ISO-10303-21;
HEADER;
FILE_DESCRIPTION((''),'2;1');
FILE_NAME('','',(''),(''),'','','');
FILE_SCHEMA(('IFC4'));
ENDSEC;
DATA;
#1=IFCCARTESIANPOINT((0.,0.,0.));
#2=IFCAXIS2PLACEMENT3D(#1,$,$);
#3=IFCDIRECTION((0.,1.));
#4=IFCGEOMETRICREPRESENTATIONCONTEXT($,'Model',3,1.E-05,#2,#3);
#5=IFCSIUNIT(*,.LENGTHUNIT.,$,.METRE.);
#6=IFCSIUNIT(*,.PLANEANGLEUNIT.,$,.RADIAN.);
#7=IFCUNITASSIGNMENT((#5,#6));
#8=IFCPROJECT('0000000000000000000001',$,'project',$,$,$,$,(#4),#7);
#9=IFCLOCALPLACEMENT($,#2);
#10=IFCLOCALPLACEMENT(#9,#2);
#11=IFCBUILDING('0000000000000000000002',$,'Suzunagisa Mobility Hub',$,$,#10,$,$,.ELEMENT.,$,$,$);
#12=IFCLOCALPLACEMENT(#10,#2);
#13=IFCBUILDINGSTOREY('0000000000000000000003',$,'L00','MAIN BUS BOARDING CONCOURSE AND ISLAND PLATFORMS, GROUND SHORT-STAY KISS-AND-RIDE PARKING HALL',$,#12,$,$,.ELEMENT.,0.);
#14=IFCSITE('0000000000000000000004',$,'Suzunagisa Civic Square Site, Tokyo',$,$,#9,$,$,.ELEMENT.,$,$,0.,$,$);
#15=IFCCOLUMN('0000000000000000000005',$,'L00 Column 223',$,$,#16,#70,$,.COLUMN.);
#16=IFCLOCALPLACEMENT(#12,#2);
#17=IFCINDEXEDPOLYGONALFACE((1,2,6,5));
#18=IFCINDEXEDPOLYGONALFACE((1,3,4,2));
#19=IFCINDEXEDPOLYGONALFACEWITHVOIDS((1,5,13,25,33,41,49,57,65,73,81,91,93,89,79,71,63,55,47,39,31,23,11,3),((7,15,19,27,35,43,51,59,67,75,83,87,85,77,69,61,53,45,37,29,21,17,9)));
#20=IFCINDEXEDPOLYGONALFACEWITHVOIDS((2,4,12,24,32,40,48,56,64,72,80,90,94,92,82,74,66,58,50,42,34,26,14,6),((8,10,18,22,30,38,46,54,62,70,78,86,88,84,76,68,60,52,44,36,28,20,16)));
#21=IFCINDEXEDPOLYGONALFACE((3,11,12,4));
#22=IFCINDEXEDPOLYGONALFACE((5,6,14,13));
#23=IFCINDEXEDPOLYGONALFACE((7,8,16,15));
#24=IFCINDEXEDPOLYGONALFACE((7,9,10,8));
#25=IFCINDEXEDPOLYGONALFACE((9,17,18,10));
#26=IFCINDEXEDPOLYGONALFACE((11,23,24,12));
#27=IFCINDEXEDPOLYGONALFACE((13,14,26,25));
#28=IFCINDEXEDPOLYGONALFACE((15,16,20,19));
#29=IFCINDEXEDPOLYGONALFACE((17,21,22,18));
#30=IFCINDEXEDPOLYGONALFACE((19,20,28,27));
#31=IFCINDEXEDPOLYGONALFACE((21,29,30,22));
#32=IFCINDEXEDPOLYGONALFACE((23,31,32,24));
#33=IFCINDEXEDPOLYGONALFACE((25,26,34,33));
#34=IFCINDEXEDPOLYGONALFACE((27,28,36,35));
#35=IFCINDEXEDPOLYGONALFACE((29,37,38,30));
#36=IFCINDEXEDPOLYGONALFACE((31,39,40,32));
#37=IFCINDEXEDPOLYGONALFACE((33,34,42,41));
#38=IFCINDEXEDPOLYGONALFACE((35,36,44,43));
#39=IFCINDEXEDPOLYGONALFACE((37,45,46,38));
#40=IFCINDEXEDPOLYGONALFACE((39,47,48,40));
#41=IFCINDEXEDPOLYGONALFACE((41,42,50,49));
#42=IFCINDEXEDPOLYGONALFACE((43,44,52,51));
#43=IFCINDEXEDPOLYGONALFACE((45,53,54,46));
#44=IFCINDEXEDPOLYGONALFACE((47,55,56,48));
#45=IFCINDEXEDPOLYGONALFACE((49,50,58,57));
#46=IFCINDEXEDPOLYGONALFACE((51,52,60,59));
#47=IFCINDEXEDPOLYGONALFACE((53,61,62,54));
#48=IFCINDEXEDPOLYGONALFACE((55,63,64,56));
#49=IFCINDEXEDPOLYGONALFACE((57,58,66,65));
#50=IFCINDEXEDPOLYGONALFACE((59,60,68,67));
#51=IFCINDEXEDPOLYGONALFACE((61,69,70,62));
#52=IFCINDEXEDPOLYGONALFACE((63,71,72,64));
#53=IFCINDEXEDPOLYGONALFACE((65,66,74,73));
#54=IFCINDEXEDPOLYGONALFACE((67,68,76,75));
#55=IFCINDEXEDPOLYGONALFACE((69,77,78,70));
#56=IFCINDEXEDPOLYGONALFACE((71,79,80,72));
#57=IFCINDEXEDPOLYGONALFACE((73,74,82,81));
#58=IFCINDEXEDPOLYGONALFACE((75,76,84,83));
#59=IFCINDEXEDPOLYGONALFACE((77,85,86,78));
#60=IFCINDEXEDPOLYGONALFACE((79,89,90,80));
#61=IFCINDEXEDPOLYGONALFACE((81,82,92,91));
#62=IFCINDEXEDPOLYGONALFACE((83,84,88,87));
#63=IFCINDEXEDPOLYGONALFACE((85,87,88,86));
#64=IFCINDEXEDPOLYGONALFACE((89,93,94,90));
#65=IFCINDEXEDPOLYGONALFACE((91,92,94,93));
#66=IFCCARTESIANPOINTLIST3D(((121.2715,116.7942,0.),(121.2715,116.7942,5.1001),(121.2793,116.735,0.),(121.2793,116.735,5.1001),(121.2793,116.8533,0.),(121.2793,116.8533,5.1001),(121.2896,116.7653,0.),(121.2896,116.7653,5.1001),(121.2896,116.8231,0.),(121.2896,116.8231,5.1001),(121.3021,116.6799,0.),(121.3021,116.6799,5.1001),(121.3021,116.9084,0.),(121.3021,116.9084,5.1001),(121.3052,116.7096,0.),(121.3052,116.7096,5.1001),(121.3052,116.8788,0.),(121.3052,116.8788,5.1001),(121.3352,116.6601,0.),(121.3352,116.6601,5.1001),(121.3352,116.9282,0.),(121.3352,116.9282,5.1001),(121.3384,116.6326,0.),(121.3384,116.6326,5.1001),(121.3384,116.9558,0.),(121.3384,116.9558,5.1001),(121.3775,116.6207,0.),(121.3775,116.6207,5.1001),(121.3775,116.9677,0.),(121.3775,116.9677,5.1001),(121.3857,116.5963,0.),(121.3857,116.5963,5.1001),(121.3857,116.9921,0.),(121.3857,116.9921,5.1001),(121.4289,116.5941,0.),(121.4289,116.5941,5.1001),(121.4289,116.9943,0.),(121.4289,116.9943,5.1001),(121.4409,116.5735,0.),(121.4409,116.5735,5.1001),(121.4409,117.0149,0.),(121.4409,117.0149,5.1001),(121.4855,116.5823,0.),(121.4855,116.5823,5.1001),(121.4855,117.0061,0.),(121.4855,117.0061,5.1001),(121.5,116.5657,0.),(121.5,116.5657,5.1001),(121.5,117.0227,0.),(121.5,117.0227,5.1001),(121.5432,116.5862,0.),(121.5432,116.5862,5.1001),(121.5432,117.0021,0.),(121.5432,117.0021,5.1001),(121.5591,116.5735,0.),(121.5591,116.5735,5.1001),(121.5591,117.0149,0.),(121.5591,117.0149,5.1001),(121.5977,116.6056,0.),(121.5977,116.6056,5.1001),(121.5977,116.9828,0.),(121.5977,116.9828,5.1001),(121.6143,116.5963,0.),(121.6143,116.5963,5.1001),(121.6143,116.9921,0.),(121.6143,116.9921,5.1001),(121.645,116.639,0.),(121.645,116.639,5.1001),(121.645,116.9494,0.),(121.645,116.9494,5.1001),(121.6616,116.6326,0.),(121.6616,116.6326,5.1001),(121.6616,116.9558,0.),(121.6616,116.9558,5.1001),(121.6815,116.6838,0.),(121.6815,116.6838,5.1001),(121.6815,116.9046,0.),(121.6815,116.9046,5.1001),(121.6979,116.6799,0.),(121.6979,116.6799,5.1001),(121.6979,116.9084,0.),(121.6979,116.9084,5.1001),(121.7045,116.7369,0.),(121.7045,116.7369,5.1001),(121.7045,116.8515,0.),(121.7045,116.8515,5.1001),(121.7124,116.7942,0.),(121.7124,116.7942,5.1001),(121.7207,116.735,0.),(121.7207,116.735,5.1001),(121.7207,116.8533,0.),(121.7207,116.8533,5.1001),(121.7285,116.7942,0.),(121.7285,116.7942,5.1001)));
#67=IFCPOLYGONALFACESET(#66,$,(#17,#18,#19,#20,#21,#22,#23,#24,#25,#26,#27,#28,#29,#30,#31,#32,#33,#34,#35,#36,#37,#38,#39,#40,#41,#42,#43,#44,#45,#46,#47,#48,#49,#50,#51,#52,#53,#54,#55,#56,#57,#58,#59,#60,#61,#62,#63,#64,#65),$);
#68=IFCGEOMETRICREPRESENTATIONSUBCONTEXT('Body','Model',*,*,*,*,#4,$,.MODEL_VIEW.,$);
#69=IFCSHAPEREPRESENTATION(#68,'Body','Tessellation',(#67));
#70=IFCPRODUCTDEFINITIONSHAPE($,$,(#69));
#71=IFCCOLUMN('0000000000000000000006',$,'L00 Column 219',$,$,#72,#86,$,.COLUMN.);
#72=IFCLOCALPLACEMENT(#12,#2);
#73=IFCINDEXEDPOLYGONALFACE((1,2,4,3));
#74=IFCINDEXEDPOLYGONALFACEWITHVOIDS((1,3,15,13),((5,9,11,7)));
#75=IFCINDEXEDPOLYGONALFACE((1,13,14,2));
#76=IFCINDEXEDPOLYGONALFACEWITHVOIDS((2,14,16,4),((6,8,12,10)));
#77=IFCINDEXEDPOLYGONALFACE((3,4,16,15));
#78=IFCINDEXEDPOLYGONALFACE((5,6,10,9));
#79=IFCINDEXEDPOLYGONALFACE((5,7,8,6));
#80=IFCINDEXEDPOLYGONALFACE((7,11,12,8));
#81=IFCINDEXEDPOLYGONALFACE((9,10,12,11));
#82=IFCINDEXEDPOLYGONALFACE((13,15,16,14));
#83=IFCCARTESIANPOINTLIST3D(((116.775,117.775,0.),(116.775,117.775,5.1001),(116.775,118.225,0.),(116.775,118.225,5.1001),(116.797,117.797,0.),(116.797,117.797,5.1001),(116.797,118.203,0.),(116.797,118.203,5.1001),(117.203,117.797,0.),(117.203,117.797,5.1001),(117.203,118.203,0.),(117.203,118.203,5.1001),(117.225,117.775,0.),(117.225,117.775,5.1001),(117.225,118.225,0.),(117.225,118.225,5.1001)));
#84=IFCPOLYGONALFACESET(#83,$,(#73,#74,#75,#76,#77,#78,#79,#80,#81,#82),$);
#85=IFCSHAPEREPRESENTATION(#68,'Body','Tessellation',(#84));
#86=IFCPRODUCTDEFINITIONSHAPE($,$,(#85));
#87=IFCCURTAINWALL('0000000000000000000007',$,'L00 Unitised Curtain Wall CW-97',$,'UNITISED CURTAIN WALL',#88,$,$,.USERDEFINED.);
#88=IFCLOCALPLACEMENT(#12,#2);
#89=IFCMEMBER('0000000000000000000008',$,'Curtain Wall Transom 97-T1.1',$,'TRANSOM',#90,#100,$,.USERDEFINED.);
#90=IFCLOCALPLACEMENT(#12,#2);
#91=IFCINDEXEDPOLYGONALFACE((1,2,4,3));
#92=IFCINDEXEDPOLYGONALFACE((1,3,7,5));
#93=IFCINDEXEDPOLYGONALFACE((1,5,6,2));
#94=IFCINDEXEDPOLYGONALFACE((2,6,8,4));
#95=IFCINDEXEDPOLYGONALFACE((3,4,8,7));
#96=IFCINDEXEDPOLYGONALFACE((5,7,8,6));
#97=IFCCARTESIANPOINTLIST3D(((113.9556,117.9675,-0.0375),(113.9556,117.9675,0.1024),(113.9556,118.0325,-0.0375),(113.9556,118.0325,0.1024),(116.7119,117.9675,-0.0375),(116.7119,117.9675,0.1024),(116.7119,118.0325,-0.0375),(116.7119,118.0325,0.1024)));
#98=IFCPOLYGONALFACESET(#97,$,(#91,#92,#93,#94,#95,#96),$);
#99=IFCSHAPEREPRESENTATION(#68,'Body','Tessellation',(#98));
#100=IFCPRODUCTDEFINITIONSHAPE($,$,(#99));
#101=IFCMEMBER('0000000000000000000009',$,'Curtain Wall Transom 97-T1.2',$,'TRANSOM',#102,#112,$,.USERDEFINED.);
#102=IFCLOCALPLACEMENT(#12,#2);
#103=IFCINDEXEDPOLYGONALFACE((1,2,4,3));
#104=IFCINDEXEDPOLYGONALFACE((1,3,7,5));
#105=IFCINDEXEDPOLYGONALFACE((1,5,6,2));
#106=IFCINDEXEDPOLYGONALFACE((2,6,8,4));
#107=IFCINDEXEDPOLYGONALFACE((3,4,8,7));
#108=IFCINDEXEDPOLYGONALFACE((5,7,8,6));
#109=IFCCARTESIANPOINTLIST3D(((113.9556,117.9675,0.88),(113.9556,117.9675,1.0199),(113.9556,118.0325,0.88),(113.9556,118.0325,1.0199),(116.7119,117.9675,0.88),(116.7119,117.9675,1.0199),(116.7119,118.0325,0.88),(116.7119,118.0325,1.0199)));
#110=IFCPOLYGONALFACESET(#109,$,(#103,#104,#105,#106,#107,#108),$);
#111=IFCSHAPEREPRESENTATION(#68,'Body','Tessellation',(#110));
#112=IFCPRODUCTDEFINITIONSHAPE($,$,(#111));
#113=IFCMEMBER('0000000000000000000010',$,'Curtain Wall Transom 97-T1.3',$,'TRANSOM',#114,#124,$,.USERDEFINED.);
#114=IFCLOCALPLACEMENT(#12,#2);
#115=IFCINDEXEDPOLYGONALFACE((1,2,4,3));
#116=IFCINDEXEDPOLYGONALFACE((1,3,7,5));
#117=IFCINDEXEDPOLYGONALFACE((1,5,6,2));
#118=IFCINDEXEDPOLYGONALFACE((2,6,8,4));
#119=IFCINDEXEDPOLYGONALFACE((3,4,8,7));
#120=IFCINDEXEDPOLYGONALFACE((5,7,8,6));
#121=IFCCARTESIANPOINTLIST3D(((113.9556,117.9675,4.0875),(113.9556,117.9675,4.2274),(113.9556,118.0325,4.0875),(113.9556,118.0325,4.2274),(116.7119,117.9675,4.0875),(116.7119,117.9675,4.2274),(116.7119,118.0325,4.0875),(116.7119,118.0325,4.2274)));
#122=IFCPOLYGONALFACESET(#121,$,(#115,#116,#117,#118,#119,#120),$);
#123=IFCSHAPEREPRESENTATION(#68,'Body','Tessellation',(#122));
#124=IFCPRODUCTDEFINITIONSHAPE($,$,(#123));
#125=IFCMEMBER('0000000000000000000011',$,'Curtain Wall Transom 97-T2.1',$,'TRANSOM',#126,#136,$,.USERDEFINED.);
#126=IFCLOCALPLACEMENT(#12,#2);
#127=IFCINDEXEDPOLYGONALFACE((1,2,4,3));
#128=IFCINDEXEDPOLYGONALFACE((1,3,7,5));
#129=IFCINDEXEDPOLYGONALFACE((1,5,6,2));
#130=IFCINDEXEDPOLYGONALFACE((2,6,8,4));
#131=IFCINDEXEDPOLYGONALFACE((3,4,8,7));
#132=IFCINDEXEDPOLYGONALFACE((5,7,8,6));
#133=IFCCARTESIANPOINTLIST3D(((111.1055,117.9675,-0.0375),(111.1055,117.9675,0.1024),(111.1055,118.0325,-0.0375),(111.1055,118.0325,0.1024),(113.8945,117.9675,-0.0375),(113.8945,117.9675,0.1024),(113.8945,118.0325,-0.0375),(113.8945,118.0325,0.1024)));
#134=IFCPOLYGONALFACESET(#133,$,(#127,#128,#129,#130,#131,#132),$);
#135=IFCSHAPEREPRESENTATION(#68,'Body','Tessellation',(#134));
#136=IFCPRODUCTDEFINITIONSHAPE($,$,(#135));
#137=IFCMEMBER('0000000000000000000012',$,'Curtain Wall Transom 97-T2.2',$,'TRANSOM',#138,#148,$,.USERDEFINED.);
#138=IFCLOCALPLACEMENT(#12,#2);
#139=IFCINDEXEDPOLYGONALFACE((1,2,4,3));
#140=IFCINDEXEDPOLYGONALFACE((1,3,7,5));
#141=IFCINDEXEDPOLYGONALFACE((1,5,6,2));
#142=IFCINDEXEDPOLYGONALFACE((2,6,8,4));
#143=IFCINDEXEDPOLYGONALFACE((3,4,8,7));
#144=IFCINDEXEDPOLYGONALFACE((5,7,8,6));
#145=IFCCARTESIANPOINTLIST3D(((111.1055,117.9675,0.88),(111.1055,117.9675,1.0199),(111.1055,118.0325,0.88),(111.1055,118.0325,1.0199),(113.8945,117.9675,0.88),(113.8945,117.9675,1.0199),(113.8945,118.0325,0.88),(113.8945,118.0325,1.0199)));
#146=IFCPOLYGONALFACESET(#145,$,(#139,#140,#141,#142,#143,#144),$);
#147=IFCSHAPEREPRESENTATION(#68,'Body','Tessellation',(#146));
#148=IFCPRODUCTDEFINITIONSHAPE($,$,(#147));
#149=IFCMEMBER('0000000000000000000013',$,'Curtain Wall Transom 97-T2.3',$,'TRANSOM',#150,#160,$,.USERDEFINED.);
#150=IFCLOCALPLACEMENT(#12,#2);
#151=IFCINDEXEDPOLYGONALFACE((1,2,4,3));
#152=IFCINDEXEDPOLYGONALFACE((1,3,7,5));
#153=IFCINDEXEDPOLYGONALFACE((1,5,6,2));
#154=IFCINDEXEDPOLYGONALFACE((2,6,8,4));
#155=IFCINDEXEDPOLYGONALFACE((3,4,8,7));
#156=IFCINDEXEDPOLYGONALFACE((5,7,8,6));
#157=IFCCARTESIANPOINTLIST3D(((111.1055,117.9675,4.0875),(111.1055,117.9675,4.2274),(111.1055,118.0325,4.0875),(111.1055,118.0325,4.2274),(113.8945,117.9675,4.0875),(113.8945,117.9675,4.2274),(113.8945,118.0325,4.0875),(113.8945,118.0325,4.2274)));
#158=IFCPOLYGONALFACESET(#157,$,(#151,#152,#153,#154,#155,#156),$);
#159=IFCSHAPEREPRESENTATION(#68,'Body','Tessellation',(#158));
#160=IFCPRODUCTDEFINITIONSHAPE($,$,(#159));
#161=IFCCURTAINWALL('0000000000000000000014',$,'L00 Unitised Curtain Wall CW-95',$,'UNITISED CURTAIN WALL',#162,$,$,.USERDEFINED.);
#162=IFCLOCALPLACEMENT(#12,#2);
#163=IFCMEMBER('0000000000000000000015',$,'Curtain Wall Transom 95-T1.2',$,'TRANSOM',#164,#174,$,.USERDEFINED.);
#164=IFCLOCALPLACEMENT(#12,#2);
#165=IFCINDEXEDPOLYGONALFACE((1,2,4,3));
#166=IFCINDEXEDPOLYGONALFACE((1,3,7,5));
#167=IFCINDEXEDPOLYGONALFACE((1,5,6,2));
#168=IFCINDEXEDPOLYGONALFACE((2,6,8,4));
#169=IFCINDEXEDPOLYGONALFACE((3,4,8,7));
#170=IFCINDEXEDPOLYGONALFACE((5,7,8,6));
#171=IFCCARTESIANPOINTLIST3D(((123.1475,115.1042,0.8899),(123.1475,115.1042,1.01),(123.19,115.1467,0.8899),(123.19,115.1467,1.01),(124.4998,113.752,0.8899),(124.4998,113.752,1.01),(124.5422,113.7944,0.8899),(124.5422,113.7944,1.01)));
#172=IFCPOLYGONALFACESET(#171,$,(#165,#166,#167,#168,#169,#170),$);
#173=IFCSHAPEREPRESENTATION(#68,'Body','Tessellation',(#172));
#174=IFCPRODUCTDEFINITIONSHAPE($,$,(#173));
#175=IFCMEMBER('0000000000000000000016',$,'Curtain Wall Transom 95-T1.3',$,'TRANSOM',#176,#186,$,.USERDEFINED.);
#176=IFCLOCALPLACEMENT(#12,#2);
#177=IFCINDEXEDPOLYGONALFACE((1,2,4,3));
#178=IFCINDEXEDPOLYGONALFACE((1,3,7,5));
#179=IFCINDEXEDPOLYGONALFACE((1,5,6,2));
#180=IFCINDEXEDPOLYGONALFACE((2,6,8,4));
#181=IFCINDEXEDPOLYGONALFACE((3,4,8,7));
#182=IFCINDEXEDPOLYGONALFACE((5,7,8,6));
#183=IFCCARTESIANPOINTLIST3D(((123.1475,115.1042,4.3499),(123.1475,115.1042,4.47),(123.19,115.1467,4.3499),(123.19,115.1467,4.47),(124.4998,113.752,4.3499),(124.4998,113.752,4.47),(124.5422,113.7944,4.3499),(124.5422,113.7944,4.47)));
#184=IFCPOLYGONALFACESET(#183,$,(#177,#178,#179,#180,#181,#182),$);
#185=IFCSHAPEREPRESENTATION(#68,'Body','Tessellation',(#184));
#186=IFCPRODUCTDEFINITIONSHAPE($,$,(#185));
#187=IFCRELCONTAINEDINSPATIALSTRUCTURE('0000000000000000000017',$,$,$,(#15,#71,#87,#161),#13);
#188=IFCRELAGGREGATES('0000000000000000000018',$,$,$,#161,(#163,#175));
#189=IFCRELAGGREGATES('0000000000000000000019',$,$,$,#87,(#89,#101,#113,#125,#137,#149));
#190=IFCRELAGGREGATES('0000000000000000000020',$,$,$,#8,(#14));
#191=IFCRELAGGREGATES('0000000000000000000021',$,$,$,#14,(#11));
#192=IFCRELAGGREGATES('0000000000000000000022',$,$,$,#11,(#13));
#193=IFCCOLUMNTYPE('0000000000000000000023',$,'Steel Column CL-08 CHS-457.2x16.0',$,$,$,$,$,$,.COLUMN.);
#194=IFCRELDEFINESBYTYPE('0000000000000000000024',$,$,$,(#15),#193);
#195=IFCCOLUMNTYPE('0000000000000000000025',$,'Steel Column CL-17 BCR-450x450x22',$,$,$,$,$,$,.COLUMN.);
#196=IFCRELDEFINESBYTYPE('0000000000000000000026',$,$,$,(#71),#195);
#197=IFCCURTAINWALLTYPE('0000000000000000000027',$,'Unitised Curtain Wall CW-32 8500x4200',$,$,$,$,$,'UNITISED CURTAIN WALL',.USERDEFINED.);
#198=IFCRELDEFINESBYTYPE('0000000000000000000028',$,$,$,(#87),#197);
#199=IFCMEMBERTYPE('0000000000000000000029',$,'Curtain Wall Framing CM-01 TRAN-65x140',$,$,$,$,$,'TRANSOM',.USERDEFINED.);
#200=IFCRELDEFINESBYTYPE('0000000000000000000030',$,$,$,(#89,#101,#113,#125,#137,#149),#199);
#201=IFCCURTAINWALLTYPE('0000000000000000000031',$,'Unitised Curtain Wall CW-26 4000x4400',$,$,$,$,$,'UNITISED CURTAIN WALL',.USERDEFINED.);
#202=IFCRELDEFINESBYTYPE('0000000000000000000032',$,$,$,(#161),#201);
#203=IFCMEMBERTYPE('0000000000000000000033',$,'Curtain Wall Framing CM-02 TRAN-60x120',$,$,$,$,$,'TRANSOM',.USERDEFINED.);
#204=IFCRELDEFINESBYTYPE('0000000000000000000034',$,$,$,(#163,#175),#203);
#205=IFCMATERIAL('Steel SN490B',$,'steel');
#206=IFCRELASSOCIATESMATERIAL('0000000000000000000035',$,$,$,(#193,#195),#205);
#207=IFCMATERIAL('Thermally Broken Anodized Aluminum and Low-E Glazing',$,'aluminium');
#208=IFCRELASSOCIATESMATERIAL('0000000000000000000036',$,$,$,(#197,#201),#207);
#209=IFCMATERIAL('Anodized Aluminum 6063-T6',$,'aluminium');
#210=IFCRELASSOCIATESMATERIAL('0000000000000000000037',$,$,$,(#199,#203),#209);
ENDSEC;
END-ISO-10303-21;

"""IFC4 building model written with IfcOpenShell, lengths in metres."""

from ifc_helpers import new_model, si_unit, direction, frame, origin, origin_2d, place, context, subcontext, project, spatial, rectangle, hollow_rectangle, hollow_circle, extrude, material, material_profile, profile_set, type_object, element, aggregate, save


model = new_model("IFC4")

# Units and contexts
model_context = context("Model", 3, precision=1e-05, world=origin(), true_north=direction((0.0, 1.0)))
body_context = subcontext(model_context, "Body", "Model", "MODEL_VIEW")
ifc_project = project(units=[si_unit("LENGTHUNIT", "METRE"), si_unit("PLANEANGLEUNIT", "RADIAN")], contexts=[model_context])

# Site, building, storey
site_placement = place(None, origin())
site = spatial("IfcSite", under=ifc_project, at=site_placement, Name="Suzunagisa Civic Square Site, Tokyo", CompositionType="ELEMENT", RefElevation=0.0)
building_placement = place(site_placement, origin())
building = spatial("IfcBuilding", under=site, at=building_placement, Name="Suzunagisa Mobility Hub", CompositionType="ELEMENT")
storey_placement = place(building_placement, origin())
storey = spatial("IfcBuildingStorey", under=building, at=storey_placement, Name="L00", Description="MAIN BUS BOARDING CONCOURSE AND ISLAND PLATFORMS, GROUND SHORT-STAY KISS-AND-RIDE PARKING HALL", CompositionType="ELEMENT", Elevation=0.0)

# Columns
ifc_material_1 = material(Name="Steel SN490B", Category="steel")
ifc_material_profile_1 = material_profile(ifc_material_1, hollow_circle(Radius=0.2285, WallThickness=0.0161, at=origin_2d()), Name="CHS-457.2x16.0")
ifc_profile_set_1 = profile_set([ifc_material_profile_1], Name="Steel SN490B")
column_type_1 = type_object("IfcColumnType", Name="Steel Column CL-08 CHS-457.2x16.0", PredefinedType="COLUMN", material=ifc_profile_set_1)
column_1_placement = place(storey_placement, frame((121.5, 116.7942, 0.0), z_axis=(0.0, 0.0, 1.0), x_axis=(1.0, 0.0, 0.0)))
element("IfcColumn", 1, at=column_1_placement, inside=storey, type_object=column_type_1, Name="L00 Column 223", PredefinedType="COLUMN", context=body_context, shape_type="SweptSolid", body=[
    extrude(hollow_circle(Radius=0.2285, WallThickness=0.0161, at=origin_2d()), origin(), (0.0, 0.0, 1.0), 5.1001),
])
ifc_material_profile_2 = material_profile(ifc_material_1, hollow_rectangle(XDim=0.45, YDim=0.45, WallThickness=0.022, at=origin_2d()), Name="BCR-450x450x22")
ifc_profile_set_2 = profile_set([ifc_material_profile_2], Name="Steel SN490B")
column_type_2 = type_object("IfcColumnType", Name="Steel Column CL-17 BCR-450x450x22", PredefinedType="COLUMN", material=ifc_profile_set_2)
column_2_placement = place(storey_placement, frame((117.0, 118.0, 0.0), z_axis=(0.0, 0.0, 1.0), x_axis=(1.0, 0.0, 0.0)))
element("IfcColumn", 2, at=column_2_placement, inside=storey, type_object=column_type_2, Name="L00 Column 219", PredefinedType="COLUMN", context=body_context, shape_type="SweptSolid", body=[
    extrude(hollow_rectangle(XDim=0.45, YDim=0.45, WallThickness=0.022, at=origin_2d()), origin(), (0.0, 0.0, 1.0), 5.1001),
])

# Curtain walls, members
ifc_material_2 = material(Name="Thermally Broken Anodized Aluminum and Low-E Glazing", Category="aluminium")
curtain_wall_type_1 = type_object("IfcCurtainWallType", Name="Unitised Curtain Wall CW-32 8500x4200", ElementType="UNITISED CURTAIN WALL", PredefinedType="USERDEFINED", material=ifc_material_2)
curtain_wall_1_placement = place(storey_placement, origin())
curtain_wall_1 = element("IfcCurtainWall", 3, at=curtain_wall_1_placement, inside=storey, type_object=curtain_wall_type_1, Name="L00 Unitised Curtain Wall CW-97", ObjectType="UNITISED CURTAIN WALL", PredefinedType="USERDEFINED")
ifc_material_3 = material(Name="Anodized Aluminum 6063-T6", Category="aluminium")
ifc_material_profile_3 = material_profile(ifc_material_3, rectangle(XDim=0.0649, YDim=0.1399, at=origin_2d()), Name="TRAN-65x140")
ifc_profile_set_3 = profile_set([ifc_material_profile_3], Name="Anodized Aluminum 6063-T6")
member_type_1 = type_object("IfcMemberType", Name="Curtain Wall Framing CM-01 TRAN-65x140", ElementType="TRANSOM", PredefinedType="USERDEFINED", material=ifc_profile_set_3)
member_1_placement = place(storey_placement, frame((116.7119, 118.0, 0.0325), z_axis=(-1.0, 0.0, 0.0), x_axis=(0.0, -1.0, 0.0)))
member_1 = element("IfcMember", 4, at=member_1_placement, type_object=member_type_1, Name="Curtain Wall Transom 97-T1.1", ObjectType="TRANSOM", PredefinedType="USERDEFINED", context=body_context, shape_type="SweptSolid", body=[
    extrude(rectangle(XDim=0.0649, YDim=0.1399, at=origin_2d()), origin(), (0.0, 0.0, 1.0), 2.7563),
])
member_2_placement = place(storey_placement, frame((116.7119, 118.0, 0.95), z_axis=(-1.0, 0.0, 0.0), x_axis=(0.0, -1.0, 0.0)))
member_2 = element("IfcMember", 5, at=member_2_placement, type_object=member_type_1, Name="Curtain Wall Transom 97-T1.2", ObjectType="TRANSOM", PredefinedType="USERDEFINED", context=body_context, shape_type="SweptSolid", body=[
    extrude(rectangle(XDim=0.0649, YDim=0.1399, at=origin_2d()), origin(), (0.0, 0.0, 1.0), 2.7563),
])
member_3_placement = place(storey_placement, frame((116.7119, 118.0, 4.1575), z_axis=(-1.0, 0.0, 0.0), x_axis=(0.0, -1.0, 0.0)))
member_3 = element("IfcMember", 6, at=member_3_placement, type_object=member_type_1, Name="Curtain Wall Transom 97-T1.3", ObjectType="TRANSOM", PredefinedType="USERDEFINED", context=body_context, shape_type="SweptSolid", body=[
    extrude(rectangle(XDim=0.0649, YDim=0.1399, at=origin_2d()), origin(), (0.0, 0.0, 1.0), 2.7563),
])
member_4_placement = place(storey_placement, frame((113.8945, 118.0, 0.0325), z_axis=(-1.0, 0.0, 0.0), x_axis=(0.0, -1.0, 0.0)))
member_4 = element("IfcMember", 7, at=member_4_placement, type_object=member_type_1, Name="Curtain Wall Transom 97-T2.1", ObjectType="TRANSOM", PredefinedType="USERDEFINED", context=body_context, shape_type="SweptSolid", body=[
    extrude(rectangle(XDim=0.0649, YDim=0.1399, at=origin_2d()), origin(), (0.0, 0.0, 1.0), 2.7891),
])
member_5_placement = place(storey_placement, frame((113.8945, 118.0, 0.95), z_axis=(-1.0, 0.0, 0.0), x_axis=(0.0, -1.0, 0.0)))
member_5 = element("IfcMember", 8, at=member_5_placement, type_object=member_type_1, Name="Curtain Wall Transom 97-T2.2", ObjectType="TRANSOM", PredefinedType="USERDEFINED", context=body_context, shape_type="SweptSolid", body=[
    extrude(rectangle(XDim=0.0649, YDim=0.1399, at=origin_2d()), origin(), (0.0, 0.0, 1.0), 2.7891),
])
member_6_placement = place(storey_placement, frame((113.8945, 118.0, 4.1575), z_axis=(-1.0, 0.0, 0.0), x_axis=(0.0, -1.0, 0.0)))
member_6 = element("IfcMember", 9, at=member_6_placement, type_object=member_type_1, Name="Curtain Wall Transom 97-T2.3", ObjectType="TRANSOM", PredefinedType="USERDEFINED", context=body_context, shape_type="SweptSolid", body=[
    extrude(rectangle(XDim=0.0649, YDim=0.1399, at=origin_2d()), origin(), (0.0, 0.0, 1.0), 2.7891),
])
curtain_wall_type_2 = type_object("IfcCurtainWallType", Name="Unitised Curtain Wall CW-26 4000x4400", ElementType="UNITISED CURTAIN WALL", PredefinedType="USERDEFINED", material=ifc_material_2)
curtain_wall_2_placement = place(storey_placement, origin())
curtain_wall_2 = element("IfcCurtainWall", 10, at=curtain_wall_2_placement, inside=storey, type_object=curtain_wall_type_2, Name="L00 Unitised Curtain Wall CW-95", ObjectType="UNITISED CURTAIN WALL", PredefinedType="USERDEFINED")
ifc_material_profile_4 = material_profile(ifc_material_3, rectangle(XDim=0.0601, YDim=0.1201, at=origin_2d()), Name="TRAN-60x120")
ifc_profile_set_4 = profile_set([ifc_material_profile_4], Name="Anodized Aluminum 6063-T6")
member_type_2 = type_object("IfcMemberType", Name="Curtain Wall Framing CM-02 TRAN-60x120", ElementType="TRANSOM", PredefinedType="USERDEFINED", material=ifc_profile_set_4)
member_7_placement = place(storey_placement, frame((124.521, 113.7732, 0.95), z_axis=(-0.707107, 0.707107, 0.0), x_axis=(-0.707107, -0.707107, 0.0)))
member_7 = element("IfcMember", 11, at=member_7_placement, type_object=member_type_2, Name="Curtain Wall Transom 95-T1.2", ObjectType="TRANSOM", PredefinedType="USERDEFINED", context=body_context, shape_type="SweptSolid", body=[
    extrude(rectangle(XDim=0.0601, YDim=0.1201, at=origin_2d()), origin(), (0.0, 0.0, 1.0), 1.9124),
])
member_8_placement = place(storey_placement, frame((124.521, 113.7732, 4.4099), z_axis=(-0.707107, 0.707107, 0.0), x_axis=(-0.707107, -0.707107, 0.0)))
member_8 = element("IfcMember", 12, at=member_8_placement, type_object=member_type_2, Name="Curtain Wall Transom 95-T1.3", ObjectType="TRANSOM", PredefinedType="USERDEFINED", context=body_context, shape_type="SweptSolid", body=[
    extrude(rectangle(XDim=0.0601, YDim=0.1201, at=origin_2d()), origin(), (0.0, 0.0, 1.0), 1.9124),
])

aggregate(curtain_wall_2, [member_7, member_8])
aggregate(curtain_wall_1, [member_1, member_2, member_3, member_4, member_5, member_6])

save(model, "model.ifc")
